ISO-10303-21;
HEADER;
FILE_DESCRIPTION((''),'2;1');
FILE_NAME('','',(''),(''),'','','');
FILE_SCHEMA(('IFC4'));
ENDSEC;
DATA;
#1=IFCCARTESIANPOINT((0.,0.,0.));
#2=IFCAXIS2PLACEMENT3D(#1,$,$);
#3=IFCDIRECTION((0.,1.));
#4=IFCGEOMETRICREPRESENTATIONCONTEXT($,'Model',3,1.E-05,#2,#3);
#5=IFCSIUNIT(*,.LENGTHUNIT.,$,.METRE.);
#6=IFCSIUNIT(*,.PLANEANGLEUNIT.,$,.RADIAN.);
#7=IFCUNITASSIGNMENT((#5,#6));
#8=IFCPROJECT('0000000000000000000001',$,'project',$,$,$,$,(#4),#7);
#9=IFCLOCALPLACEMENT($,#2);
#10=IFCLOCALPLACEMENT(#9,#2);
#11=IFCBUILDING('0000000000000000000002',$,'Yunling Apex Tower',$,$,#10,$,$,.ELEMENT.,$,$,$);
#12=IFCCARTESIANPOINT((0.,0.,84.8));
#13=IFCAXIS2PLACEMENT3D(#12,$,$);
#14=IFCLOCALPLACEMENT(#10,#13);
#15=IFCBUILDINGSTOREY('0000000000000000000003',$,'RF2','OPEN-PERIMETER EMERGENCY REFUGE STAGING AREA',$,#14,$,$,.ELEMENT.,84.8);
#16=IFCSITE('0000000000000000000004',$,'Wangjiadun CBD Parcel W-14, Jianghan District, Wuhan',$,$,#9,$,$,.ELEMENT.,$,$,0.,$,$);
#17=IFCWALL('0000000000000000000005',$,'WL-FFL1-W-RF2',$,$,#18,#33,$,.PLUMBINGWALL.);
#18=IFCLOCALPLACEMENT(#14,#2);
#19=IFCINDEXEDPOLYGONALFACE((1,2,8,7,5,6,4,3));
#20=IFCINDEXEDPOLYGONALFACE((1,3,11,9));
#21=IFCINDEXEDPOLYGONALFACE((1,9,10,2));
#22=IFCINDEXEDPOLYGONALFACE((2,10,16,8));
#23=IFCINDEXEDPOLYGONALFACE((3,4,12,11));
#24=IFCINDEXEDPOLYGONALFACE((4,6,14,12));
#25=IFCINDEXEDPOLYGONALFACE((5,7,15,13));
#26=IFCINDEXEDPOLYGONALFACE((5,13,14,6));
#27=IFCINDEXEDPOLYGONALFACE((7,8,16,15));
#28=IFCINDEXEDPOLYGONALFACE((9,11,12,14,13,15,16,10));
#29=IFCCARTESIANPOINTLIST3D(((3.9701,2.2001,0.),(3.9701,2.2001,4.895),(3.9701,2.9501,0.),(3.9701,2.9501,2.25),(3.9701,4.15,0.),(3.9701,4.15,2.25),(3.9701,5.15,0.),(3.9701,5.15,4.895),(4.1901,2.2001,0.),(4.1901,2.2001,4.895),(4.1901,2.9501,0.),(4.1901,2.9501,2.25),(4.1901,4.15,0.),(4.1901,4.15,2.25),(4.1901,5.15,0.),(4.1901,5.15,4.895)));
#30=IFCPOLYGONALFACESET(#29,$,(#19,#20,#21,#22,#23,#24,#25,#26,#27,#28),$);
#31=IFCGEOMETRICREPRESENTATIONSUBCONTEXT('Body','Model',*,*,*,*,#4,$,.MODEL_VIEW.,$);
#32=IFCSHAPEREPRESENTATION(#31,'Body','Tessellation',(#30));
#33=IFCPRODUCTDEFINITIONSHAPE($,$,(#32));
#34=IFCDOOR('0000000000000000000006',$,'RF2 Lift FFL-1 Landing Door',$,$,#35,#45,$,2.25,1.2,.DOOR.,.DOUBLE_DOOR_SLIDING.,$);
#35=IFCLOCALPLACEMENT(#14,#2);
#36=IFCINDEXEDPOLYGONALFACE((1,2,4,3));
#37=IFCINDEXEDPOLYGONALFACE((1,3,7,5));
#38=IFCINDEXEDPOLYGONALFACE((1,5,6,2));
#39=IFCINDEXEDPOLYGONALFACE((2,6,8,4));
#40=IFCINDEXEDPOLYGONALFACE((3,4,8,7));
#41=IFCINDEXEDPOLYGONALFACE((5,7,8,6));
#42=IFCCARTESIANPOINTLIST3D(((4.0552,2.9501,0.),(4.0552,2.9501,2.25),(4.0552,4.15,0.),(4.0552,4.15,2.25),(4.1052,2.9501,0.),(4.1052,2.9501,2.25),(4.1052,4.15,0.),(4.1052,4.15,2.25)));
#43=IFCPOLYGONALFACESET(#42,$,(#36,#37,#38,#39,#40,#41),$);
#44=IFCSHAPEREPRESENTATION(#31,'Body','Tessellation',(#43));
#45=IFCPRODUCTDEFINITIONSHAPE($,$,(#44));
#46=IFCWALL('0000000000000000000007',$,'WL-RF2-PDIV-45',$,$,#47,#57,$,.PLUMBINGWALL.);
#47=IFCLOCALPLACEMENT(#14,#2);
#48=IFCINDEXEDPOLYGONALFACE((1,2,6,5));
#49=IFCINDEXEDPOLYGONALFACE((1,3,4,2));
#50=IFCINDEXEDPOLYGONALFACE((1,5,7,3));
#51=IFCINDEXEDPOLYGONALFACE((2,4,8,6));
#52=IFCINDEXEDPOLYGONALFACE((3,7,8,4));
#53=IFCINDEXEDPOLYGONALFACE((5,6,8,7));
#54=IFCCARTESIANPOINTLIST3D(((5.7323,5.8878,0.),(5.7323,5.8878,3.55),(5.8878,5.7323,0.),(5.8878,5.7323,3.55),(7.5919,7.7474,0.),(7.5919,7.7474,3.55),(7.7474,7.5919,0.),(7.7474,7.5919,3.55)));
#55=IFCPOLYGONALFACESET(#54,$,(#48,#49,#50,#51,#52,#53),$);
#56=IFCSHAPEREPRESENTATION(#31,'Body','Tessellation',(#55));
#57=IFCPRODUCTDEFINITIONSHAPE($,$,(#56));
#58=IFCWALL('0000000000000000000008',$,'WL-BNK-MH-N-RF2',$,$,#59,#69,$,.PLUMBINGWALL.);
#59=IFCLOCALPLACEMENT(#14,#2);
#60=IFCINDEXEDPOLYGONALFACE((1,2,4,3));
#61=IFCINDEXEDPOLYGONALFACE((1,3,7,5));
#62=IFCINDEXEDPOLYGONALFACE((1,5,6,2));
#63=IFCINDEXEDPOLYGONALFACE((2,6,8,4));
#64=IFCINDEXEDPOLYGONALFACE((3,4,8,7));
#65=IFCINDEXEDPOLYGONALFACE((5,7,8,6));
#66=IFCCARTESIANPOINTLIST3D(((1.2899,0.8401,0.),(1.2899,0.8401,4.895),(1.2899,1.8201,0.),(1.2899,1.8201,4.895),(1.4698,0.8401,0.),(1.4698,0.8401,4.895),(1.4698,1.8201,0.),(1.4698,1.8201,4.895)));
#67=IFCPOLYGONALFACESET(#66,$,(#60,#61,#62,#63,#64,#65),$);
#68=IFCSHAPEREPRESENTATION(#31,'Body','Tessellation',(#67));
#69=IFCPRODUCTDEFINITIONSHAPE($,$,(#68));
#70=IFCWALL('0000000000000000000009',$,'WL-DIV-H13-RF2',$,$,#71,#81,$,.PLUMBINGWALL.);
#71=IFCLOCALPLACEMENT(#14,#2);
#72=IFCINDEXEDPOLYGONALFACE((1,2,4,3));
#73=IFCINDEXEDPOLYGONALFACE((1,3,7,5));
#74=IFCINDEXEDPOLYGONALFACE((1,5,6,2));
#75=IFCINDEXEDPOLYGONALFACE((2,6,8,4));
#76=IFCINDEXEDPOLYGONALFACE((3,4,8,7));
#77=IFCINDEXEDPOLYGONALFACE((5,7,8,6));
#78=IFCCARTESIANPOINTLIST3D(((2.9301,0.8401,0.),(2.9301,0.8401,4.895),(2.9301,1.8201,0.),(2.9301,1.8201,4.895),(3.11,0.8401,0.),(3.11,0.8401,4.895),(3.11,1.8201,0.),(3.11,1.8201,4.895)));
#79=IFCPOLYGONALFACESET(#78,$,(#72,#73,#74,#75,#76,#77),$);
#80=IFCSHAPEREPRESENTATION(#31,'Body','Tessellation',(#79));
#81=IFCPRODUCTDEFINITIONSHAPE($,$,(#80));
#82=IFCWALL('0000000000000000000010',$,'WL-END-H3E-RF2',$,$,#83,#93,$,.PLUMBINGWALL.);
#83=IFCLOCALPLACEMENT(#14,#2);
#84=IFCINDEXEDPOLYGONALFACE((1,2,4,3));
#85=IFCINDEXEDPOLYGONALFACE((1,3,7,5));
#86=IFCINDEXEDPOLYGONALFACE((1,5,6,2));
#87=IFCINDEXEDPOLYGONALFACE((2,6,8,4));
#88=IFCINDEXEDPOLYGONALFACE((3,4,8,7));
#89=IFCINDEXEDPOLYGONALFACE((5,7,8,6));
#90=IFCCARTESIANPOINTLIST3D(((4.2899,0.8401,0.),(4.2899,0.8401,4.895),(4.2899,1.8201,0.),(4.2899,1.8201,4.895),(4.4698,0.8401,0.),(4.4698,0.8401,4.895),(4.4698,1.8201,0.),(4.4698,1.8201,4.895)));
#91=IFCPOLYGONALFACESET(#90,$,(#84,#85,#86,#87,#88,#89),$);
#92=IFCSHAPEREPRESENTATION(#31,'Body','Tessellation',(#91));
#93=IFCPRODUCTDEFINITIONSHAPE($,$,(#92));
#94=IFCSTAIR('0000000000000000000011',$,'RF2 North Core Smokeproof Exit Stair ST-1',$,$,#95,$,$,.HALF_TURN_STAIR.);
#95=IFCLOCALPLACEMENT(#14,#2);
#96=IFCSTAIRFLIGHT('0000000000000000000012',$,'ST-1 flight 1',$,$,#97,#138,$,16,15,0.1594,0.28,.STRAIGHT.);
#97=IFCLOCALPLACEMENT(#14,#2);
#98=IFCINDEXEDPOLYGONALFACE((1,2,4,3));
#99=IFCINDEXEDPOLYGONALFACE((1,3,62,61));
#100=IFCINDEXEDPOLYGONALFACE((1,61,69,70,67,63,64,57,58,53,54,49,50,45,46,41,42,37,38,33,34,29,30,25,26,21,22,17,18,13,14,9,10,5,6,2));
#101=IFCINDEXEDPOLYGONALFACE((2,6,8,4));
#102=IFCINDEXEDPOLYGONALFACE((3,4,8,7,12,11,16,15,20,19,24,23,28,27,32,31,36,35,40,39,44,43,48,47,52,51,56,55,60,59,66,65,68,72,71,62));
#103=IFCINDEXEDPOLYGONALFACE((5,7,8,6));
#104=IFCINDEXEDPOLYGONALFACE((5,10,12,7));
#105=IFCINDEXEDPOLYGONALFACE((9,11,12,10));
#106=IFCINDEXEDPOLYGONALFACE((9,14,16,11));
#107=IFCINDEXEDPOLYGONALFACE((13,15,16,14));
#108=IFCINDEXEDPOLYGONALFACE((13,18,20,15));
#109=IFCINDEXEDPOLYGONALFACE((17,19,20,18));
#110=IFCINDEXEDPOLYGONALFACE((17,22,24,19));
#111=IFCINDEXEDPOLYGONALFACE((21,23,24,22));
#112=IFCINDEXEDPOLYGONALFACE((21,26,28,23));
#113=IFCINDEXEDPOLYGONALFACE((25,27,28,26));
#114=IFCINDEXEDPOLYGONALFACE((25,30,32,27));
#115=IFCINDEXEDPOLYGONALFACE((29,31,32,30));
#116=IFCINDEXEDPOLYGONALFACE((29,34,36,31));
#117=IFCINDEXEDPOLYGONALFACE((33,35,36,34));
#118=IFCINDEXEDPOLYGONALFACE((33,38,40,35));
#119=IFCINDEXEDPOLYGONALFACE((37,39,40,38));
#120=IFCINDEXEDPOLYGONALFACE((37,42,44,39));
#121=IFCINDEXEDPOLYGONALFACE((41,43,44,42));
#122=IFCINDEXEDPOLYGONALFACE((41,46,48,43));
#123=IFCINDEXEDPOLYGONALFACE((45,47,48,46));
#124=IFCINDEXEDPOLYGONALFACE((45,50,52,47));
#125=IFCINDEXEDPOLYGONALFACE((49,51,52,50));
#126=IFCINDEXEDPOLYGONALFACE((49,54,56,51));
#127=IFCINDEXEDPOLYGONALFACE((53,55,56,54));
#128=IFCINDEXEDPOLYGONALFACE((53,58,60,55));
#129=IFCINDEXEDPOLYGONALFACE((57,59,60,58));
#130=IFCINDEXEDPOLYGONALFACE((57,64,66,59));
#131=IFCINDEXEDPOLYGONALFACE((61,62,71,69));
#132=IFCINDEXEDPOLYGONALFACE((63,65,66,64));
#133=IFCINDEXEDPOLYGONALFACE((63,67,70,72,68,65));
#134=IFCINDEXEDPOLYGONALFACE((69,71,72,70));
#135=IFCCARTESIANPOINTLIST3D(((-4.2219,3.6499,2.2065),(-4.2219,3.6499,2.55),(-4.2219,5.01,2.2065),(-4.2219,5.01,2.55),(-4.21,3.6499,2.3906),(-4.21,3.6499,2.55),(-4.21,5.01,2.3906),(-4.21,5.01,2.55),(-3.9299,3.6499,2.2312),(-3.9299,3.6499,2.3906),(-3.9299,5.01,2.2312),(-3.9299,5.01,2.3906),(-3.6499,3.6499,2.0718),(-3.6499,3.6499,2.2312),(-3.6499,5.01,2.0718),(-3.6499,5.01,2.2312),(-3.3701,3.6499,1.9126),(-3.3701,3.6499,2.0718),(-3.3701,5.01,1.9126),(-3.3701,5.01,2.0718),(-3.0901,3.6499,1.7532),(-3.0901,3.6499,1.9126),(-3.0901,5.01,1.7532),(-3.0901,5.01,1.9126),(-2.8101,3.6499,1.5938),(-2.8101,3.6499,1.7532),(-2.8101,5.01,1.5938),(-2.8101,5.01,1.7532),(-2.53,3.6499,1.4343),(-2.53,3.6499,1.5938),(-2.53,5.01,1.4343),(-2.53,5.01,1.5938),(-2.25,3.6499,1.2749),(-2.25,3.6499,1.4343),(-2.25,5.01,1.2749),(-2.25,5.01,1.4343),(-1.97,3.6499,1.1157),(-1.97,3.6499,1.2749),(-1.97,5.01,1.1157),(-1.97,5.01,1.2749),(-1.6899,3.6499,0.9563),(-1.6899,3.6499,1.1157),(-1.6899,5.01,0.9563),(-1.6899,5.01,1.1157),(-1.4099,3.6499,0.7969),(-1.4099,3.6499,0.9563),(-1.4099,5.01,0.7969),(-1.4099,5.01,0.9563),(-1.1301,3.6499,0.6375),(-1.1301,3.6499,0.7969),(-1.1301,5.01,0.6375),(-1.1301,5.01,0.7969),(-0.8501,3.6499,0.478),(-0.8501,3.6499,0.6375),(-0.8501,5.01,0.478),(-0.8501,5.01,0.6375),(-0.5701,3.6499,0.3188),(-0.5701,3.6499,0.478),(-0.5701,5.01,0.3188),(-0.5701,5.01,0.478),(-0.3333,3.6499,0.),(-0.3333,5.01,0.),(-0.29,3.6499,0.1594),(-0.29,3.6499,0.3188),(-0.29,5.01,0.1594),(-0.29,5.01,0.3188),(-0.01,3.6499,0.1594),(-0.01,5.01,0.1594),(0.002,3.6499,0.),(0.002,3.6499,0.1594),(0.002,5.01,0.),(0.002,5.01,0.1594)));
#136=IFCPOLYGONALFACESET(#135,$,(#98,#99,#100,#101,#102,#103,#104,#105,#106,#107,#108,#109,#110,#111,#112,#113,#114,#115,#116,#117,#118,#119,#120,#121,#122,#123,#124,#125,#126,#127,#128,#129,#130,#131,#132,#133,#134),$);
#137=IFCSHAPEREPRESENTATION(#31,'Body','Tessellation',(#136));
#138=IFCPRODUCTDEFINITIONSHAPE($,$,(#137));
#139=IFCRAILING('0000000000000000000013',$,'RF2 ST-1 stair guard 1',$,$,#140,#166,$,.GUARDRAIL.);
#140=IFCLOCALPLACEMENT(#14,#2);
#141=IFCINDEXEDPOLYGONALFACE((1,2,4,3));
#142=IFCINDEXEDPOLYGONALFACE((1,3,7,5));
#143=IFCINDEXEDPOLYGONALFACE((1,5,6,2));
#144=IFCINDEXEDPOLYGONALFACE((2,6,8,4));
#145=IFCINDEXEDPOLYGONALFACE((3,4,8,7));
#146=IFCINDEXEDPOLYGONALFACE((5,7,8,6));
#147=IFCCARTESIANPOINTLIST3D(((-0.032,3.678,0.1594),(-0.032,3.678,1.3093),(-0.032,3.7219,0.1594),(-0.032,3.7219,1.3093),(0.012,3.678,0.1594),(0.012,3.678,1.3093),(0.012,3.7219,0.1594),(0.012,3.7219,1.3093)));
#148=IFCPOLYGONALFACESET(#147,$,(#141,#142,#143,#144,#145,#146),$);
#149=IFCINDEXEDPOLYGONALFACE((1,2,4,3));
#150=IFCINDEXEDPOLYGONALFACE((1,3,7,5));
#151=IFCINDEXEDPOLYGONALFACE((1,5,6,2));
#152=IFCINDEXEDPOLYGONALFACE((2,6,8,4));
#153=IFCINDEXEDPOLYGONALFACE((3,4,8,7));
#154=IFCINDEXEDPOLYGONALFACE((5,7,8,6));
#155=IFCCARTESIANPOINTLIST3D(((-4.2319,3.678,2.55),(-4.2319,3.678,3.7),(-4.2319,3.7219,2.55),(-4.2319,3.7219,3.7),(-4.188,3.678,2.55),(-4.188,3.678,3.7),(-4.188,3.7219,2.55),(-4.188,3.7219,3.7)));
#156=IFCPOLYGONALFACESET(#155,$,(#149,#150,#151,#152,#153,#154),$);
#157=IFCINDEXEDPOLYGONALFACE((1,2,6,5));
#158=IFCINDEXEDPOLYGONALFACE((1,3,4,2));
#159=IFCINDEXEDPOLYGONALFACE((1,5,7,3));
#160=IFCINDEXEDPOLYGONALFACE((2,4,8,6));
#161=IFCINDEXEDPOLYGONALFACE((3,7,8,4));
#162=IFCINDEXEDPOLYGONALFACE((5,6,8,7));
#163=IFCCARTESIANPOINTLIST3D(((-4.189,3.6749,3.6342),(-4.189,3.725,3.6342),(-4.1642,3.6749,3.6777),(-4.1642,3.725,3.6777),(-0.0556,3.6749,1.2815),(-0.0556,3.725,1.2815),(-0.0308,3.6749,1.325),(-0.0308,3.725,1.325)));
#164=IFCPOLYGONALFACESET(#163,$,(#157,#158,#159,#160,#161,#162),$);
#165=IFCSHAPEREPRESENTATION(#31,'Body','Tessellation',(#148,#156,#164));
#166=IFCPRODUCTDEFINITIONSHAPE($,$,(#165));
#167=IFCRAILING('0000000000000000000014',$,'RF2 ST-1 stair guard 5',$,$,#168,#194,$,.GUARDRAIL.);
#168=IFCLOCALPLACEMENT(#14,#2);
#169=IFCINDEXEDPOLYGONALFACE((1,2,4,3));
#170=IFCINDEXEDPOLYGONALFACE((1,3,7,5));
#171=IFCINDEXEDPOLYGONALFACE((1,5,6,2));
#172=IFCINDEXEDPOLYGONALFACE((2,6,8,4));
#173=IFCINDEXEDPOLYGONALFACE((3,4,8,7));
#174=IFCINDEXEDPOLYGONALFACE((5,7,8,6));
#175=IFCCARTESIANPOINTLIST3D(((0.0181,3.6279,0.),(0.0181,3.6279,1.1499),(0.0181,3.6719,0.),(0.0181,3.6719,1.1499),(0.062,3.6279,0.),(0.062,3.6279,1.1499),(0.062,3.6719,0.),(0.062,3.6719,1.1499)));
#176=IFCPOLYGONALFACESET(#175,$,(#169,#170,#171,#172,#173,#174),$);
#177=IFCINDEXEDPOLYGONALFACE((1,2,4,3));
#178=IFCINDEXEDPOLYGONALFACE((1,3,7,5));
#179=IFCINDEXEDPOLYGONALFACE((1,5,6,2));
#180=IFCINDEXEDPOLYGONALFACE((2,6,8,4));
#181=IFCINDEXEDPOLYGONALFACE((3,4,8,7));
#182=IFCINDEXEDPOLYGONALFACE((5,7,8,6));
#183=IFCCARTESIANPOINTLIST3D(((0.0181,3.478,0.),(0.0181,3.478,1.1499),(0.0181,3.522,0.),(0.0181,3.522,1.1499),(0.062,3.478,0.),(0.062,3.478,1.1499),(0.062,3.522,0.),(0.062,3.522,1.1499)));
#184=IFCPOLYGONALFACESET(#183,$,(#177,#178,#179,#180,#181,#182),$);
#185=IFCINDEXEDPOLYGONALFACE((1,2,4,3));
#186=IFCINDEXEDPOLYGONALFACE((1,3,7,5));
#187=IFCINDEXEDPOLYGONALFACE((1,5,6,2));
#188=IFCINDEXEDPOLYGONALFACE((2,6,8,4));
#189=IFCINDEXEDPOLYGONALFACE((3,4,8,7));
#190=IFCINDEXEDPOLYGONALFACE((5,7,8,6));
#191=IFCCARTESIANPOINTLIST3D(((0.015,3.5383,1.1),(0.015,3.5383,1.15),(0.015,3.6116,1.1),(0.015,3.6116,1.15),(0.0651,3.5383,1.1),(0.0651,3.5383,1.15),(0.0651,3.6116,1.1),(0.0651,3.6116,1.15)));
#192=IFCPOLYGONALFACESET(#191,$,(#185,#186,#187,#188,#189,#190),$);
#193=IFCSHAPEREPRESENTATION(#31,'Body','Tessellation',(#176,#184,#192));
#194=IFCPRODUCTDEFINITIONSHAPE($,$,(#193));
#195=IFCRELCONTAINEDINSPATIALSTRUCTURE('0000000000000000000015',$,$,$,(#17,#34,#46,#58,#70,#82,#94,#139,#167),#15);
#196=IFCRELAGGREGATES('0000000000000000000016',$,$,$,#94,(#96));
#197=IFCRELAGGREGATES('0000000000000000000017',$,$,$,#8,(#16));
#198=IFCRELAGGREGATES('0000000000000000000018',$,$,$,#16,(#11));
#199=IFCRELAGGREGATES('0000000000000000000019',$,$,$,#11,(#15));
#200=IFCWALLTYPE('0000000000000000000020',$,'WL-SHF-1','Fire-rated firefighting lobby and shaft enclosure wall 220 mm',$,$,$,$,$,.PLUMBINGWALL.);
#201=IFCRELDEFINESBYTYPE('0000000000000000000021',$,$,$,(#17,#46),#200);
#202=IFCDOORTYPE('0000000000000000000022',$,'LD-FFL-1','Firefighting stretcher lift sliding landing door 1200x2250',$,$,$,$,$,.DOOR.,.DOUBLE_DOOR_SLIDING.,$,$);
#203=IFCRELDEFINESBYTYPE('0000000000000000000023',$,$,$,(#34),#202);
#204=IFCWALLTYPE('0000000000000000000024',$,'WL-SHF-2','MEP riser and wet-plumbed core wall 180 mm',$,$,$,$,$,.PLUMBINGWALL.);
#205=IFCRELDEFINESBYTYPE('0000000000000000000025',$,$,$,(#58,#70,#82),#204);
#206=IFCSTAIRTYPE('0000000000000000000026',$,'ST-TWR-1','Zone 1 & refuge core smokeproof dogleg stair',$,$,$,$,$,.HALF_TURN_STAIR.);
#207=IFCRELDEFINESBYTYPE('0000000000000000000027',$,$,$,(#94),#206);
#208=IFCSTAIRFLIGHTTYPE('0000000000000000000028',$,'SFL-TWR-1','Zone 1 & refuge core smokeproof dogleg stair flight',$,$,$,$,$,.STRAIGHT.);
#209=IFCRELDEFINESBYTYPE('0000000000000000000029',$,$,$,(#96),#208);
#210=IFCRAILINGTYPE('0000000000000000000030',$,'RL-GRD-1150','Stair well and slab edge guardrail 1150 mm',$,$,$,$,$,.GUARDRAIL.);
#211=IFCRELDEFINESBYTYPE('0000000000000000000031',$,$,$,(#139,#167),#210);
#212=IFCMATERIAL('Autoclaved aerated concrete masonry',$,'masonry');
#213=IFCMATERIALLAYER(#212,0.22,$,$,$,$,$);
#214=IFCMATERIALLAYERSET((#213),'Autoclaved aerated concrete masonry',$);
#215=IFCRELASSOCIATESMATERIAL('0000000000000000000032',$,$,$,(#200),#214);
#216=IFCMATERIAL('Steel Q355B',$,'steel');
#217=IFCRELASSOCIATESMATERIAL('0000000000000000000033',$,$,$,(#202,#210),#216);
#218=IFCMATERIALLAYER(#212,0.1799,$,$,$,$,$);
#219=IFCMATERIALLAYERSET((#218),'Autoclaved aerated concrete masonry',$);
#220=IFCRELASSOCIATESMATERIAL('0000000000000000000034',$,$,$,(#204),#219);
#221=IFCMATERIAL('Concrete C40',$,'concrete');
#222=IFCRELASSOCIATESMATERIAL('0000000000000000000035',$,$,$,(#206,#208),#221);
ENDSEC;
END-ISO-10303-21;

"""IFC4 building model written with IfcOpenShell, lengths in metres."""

from ifc_helpers import new_model, si_unit, direction, frame, frame_2d, origin, origin_2d, place, context, subcontext, project, spatial, polyline, rectangle, outline, extrude, material, layer, layer_set, type_object, element, fill, aggregate, save


model = new_model("IFC4")

# Units and contexts
model_context = context("Model", 3, precision=1e-05, world=origin(), true_north=direction((0.0, 1.0)))
body_context = subcontext(model_context, "Body", "Model", "MODEL_VIEW")
ifc_project = project(units=[si_unit("LENGTHUNIT", "METRE"), si_unit("PLANEANGLEUNIT", "RADIAN")], contexts=[model_context])

# Site, building, storey
site_placement = place(None, origin())
site = spatial("IfcSite", under=ifc_project, at=site_placement, Name="Wangjiadun CBD Parcel W-14, Jianghan District, Wuhan", CompositionType="ELEMENT", RefElevation=0.0)
building_placement = place(site_placement, origin())
building = spatial("IfcBuilding", under=site, at=building_placement, Name="Yunling Apex Tower", CompositionType="ELEMENT")
storey_placement = place(building_placement, frame((0.0, 0.0, 84.8)))
storey = spatial("IfcBuildingStorey", under=building, at=storey_placement, Name="RF2", Description="OPEN-PERIMETER EMERGENCY REFUGE STAGING AREA", CompositionType="ELEMENT", Elevation=84.8)

# Shared definitions
ifc_material_1 = material(Name="Steel Q355B", Category="steel")

# Shared definitions
ifc_material_2 = material(Name="Concrete C40", Category="concrete")

# Wall, opening, door
ifc_material_3 = material(Name="Autoclaved aerated concrete masonry", Category="masonry")
ifc_layer_1 = layer(ifc_material_3, 0.22)
ifc_layer_set_1 = layer_set([ifc_layer_1], Name="Autoclaved aerated concrete masonry")
wall_type_1 = type_object("IfcWallType", Name="WL-SHF-1", Description="Fire-rated firefighting lobby and shaft enclosure wall 220 mm", PredefinedType="PLUMBINGWALL", material=ifc_layer_set_1)
wall_1_placement = place(storey_placement, frame((4.0801, 2.2, 0.0), z_axis=(0.0, 0.0, 1.0), x_axis=(0.0, 1.0, 0.0)))
wall_1 = element("IfcWall", 1, at=wall_1_placement, inside=storey, type_object=wall_type_1, Name="WL-FFL1-W-RF2", PredefinedType="PLUMBINGWALL", context=body_context, shape_type="SweptSolid", body=[
    extrude(rectangle(XDim=2.95, YDim=0.22, at=frame_2d((1.4751, 0.0))), origin(), (0.0, 0.0, 1.0), 4.895),
])
opening_1_placement = place(wall_1_placement, frame((0.75, 0.0, 0.0)))
opening_1 = element("IfcOpeningElement", 2, at=opening_1_placement, cuts=wall_1, PredefinedType="OPENING", context=body_context, shape_type="SweptSolid", body=[
    extrude(rectangle(XDim=1.2, YDim=2.25, at=frame_2d((0.6001, 1.125))), frame((0.0, 0.1201, 0.0), z_axis=(0.0, -1.0, 0.0), x_axis=(1.0, 0.0, 0.0)), (0.0, 0.0, 1.0), 0.24),
])
door_type_1 = type_object("IfcDoorType", Name="LD-FFL-1", Description="Firefighting stretcher lift sliding landing door 1200x2250", OperationType="DOUBLE_DOOR_SLIDING", PredefinedType="DOOR", material=ifc_material_1)
door_1_placement = place(opening_1_placement, origin())
door_1 = element("IfcDoor", 3, at=door_1_placement, inside=storey, type_object=door_type_1, Name="RF2 Lift FFL-1 Landing Door", OperationType="DOUBLE_DOOR_SLIDING", OverallHeight=2.25, OverallWidth=1.2, PredefinedType="DOOR", context=body_context, shape_type="SweptSolid", body=[
    extrude(rectangle(XDim=1.2, YDim=2.25, at=frame_2d((0.6001, 1.125))), frame((0.0, 0.0249, 0.0), z_axis=(0.0, -1.0, 0.0), x_axis=(1.0, 0.0, 0.0)), (0.0, 0.0, 1.0), 0.05),
])
fill(opening_1, door_1)

# Walls
wall_2_placement = place(storey_placement, frame((5.8101, 5.8101, 0.0), z_axis=(0.0, 0.0, 1.0), x_axis=(0.707107, 0.707107, 0.0)))
element("IfcWall", 4, at=wall_2_placement, inside=storey, type_object=wall_type_1, Name="WL-RF2-PDIV-45", PredefinedType="PLUMBINGWALL", context=body_context, shape_type="SweptSolid", body=[
    extrude(rectangle(XDim=2.6299, YDim=0.22, at=frame_2d((1.3149, 0.0))), origin(), (0.0, 0.0, 1.0), 3.55),
])
ifc_layer_2 = layer(ifc_material_3, 0.1799)
ifc_layer_set_2 = layer_set([ifc_layer_2], Name="Autoclaved aerated concrete masonry")
wall_type_2 = type_object("IfcWallType", Name="WL-SHF-2", Description="MEP riser and wet-plumbed core wall 180 mm", PredefinedType="PLUMBINGWALL", material=ifc_layer_set_2)
for number, where, z_axis, x_axis, name in (
    (5, (1.3799, 0.8401, 0.0), (0.0, 0.0, 1.0), (0.0, 1.0, 0.0), "WL-BNK-MH-N-RF2"),
    (6, (3.02, 0.8401, 0.0), (0.0, 0.0, 1.0), (0.0, 1.0, 0.0), "WL-DIV-H13-RF2"),
    (7, (4.3799, 0.8401, 0.0), (0.0, 0.0, 1.0), (0.0, 1.0, 0.0), "WL-END-H3E-RF2"),
):
    element("IfcWall", number, at=place(storey_placement, frame(where, z_axis=z_axis, x_axis=x_axis)), inside=storey, type_object=wall_type_2, Name=name, PredefinedType="PLUMBINGWALL", context=body_context, shape_type="SweptSolid", body=[
        extrude(rectangle(XDim=0.98, YDim=0.1799, at=frame_2d((0.49, 0.0))), origin(), (0.0, 0.0, 1.0), 4.895),
    ])

# Stair, stair flight
stair_type = type_object("IfcStairType", Name="ST-TWR-1", Description="Zone 1 & refuge core smokeproof dogleg stair", PredefinedType="HALF_TURN_STAIR", material=ifc_material_2)
stair_placement = place(storey_placement, origin())
stair = element("IfcStair", 8, at=stair_placement, inside=storey, type_object=stair_type, Name="RF2 North Core Smokeproof Exit Stair ST-1", PredefinedType="HALF_TURN_STAIR")
stair_flight_type = type_object("IfcStairFlightType", Name="SFL-TWR-1", Description="Zone 1 & refuge core smokeproof dogleg stair flight", PredefinedType="STRAIGHT", material=ifc_material_2)
stair_flight_placement = place(storey_placement, frame((-0.01, 4.3301, 0.0), z_axis=(0.0, 0.0, 1.0), x_axis=(-1.0, 0.0, 0.0)))
stair_flight = element("IfcStairFlight", 9, at=stair_flight_placement, type_object=stair_flight_type, Name="ST-1 flight 1", NumberOfRisers=16, NumberOfTreads=15, PredefinedType="STRAIGHT", RiserHeight=0.1594, TreadLength=0.28, context=body_context, shape_type="SweptSolid", body=[
    extrude(outline(polyline([(-0.012, 0.0), (-0.012, 0.1594), (0.0, 0.1594), (0.28, 0.1594), (0.28, 0.3188), (0.5601, 0.3188), (0.5601, 0.478), (0.8401, 0.478), (0.8401, 0.6375), (1.1201, 0.6375), (1.1201, 0.7969), (1.3999, 0.7969), (1.3999, 0.9563), (1.6799, 0.9563), (1.6799, 1.1157), (1.96, 1.1157), (1.96, 1.2749), (2.24, 1.2749), (2.24, 1.4343), (2.52, 1.4343), (2.52, 1.5938), (2.8, 1.5938), (2.8, 1.7532), (3.0801, 1.7532), (3.0801, 1.9126), (3.3601, 1.9126), (3.3601, 2.0718), (3.6399, 2.0718), (3.6399, 2.2312), (3.9199, 2.2312), (3.9199, 2.3906), (4.2, 2.3906), (4.2, 2.55), (4.2119, 2.55), (4.2119, 2.2065), (0.3232, 0.0), (-0.012, 0.0)])), frame((0.0, 0.6802, 0.0), z_axis=(0.0, -1.0, 0.0), x_axis=(1.0, 0.0, 0.0)), (0.0, 0.0, 1.0), 1.3601),
])
aggregate(stair, [stair_flight])

# Railings
railing_type_1 = type_object("IfcRailingType", Name="RL-GRD-1150", Description="Stair well and slab edge guardrail 1150 mm", PredefinedType="GUARDRAIL", material=ifc_material_1)
railing_1_placement = place(storey_placement, frame((-0.01, 3.7, 0.1594)))
element("IfcRailing", 10, at=railing_1_placement, inside=storey, type_object=railing_type_1, Name="RF2 ST-1 stair guard 1", PredefinedType="GUARDRAIL", context=body_context, shape_type="SweptSolid", body=[
    extrude(rectangle(XDim=0.0439, YDim=0.0439, at=origin_2d()), origin(), (0.0, 0.0, 1.0), 1.1499),
    extrude(rectangle(XDim=0.0439, YDim=0.0439, at=origin_2d()), frame((-4.2, 0.0, 2.3906)), (0.0, 0.0, 1.0), 1.1499),
    extrude(rectangle(XDim=0.05, YDim=0.05, at=origin_2d()), frame((-0.0332, 0.0, 1.1438), z_axis=(-0.869075, 0.0, 0.49468), x_axis=(0.0, -1.0, 0.0)), (0.0, 0.0, 1.0), 4.7561),
])
railing_2_placement = place(storey_placement, frame((0.04, 3.6499, 0.0)))
element("IfcRailing", 11, at=railing_2_placement, inside=storey, type_object=railing_type_1, Name="RF2 ST-1 stair guard 5", PredefinedType="GUARDRAIL", context=body_context, shape_type="SweptSolid", body=[
    extrude(rectangle(XDim=0.0439, YDim=0.0439, at=origin_2d()), origin(), (0.0, 0.0, 1.0), 1.1499),
    extrude(rectangle(XDim=0.0439, YDim=0.0439, at=origin_2d()), frame((0.0, -0.1499, 0.0)), (0.0, 0.0, 1.0), 1.1499),
    extrude(rectangle(XDim=0.05, YDim=0.05, at=origin_2d()), frame((0.0, -0.0383, 1.125), z_axis=(0.0, -1.0, 0.0), x_axis=(1.0, 0.0, 0.0)), (0.0, 0.0, 1.0), 0.0732),
])

save(model, "model.ifc")
